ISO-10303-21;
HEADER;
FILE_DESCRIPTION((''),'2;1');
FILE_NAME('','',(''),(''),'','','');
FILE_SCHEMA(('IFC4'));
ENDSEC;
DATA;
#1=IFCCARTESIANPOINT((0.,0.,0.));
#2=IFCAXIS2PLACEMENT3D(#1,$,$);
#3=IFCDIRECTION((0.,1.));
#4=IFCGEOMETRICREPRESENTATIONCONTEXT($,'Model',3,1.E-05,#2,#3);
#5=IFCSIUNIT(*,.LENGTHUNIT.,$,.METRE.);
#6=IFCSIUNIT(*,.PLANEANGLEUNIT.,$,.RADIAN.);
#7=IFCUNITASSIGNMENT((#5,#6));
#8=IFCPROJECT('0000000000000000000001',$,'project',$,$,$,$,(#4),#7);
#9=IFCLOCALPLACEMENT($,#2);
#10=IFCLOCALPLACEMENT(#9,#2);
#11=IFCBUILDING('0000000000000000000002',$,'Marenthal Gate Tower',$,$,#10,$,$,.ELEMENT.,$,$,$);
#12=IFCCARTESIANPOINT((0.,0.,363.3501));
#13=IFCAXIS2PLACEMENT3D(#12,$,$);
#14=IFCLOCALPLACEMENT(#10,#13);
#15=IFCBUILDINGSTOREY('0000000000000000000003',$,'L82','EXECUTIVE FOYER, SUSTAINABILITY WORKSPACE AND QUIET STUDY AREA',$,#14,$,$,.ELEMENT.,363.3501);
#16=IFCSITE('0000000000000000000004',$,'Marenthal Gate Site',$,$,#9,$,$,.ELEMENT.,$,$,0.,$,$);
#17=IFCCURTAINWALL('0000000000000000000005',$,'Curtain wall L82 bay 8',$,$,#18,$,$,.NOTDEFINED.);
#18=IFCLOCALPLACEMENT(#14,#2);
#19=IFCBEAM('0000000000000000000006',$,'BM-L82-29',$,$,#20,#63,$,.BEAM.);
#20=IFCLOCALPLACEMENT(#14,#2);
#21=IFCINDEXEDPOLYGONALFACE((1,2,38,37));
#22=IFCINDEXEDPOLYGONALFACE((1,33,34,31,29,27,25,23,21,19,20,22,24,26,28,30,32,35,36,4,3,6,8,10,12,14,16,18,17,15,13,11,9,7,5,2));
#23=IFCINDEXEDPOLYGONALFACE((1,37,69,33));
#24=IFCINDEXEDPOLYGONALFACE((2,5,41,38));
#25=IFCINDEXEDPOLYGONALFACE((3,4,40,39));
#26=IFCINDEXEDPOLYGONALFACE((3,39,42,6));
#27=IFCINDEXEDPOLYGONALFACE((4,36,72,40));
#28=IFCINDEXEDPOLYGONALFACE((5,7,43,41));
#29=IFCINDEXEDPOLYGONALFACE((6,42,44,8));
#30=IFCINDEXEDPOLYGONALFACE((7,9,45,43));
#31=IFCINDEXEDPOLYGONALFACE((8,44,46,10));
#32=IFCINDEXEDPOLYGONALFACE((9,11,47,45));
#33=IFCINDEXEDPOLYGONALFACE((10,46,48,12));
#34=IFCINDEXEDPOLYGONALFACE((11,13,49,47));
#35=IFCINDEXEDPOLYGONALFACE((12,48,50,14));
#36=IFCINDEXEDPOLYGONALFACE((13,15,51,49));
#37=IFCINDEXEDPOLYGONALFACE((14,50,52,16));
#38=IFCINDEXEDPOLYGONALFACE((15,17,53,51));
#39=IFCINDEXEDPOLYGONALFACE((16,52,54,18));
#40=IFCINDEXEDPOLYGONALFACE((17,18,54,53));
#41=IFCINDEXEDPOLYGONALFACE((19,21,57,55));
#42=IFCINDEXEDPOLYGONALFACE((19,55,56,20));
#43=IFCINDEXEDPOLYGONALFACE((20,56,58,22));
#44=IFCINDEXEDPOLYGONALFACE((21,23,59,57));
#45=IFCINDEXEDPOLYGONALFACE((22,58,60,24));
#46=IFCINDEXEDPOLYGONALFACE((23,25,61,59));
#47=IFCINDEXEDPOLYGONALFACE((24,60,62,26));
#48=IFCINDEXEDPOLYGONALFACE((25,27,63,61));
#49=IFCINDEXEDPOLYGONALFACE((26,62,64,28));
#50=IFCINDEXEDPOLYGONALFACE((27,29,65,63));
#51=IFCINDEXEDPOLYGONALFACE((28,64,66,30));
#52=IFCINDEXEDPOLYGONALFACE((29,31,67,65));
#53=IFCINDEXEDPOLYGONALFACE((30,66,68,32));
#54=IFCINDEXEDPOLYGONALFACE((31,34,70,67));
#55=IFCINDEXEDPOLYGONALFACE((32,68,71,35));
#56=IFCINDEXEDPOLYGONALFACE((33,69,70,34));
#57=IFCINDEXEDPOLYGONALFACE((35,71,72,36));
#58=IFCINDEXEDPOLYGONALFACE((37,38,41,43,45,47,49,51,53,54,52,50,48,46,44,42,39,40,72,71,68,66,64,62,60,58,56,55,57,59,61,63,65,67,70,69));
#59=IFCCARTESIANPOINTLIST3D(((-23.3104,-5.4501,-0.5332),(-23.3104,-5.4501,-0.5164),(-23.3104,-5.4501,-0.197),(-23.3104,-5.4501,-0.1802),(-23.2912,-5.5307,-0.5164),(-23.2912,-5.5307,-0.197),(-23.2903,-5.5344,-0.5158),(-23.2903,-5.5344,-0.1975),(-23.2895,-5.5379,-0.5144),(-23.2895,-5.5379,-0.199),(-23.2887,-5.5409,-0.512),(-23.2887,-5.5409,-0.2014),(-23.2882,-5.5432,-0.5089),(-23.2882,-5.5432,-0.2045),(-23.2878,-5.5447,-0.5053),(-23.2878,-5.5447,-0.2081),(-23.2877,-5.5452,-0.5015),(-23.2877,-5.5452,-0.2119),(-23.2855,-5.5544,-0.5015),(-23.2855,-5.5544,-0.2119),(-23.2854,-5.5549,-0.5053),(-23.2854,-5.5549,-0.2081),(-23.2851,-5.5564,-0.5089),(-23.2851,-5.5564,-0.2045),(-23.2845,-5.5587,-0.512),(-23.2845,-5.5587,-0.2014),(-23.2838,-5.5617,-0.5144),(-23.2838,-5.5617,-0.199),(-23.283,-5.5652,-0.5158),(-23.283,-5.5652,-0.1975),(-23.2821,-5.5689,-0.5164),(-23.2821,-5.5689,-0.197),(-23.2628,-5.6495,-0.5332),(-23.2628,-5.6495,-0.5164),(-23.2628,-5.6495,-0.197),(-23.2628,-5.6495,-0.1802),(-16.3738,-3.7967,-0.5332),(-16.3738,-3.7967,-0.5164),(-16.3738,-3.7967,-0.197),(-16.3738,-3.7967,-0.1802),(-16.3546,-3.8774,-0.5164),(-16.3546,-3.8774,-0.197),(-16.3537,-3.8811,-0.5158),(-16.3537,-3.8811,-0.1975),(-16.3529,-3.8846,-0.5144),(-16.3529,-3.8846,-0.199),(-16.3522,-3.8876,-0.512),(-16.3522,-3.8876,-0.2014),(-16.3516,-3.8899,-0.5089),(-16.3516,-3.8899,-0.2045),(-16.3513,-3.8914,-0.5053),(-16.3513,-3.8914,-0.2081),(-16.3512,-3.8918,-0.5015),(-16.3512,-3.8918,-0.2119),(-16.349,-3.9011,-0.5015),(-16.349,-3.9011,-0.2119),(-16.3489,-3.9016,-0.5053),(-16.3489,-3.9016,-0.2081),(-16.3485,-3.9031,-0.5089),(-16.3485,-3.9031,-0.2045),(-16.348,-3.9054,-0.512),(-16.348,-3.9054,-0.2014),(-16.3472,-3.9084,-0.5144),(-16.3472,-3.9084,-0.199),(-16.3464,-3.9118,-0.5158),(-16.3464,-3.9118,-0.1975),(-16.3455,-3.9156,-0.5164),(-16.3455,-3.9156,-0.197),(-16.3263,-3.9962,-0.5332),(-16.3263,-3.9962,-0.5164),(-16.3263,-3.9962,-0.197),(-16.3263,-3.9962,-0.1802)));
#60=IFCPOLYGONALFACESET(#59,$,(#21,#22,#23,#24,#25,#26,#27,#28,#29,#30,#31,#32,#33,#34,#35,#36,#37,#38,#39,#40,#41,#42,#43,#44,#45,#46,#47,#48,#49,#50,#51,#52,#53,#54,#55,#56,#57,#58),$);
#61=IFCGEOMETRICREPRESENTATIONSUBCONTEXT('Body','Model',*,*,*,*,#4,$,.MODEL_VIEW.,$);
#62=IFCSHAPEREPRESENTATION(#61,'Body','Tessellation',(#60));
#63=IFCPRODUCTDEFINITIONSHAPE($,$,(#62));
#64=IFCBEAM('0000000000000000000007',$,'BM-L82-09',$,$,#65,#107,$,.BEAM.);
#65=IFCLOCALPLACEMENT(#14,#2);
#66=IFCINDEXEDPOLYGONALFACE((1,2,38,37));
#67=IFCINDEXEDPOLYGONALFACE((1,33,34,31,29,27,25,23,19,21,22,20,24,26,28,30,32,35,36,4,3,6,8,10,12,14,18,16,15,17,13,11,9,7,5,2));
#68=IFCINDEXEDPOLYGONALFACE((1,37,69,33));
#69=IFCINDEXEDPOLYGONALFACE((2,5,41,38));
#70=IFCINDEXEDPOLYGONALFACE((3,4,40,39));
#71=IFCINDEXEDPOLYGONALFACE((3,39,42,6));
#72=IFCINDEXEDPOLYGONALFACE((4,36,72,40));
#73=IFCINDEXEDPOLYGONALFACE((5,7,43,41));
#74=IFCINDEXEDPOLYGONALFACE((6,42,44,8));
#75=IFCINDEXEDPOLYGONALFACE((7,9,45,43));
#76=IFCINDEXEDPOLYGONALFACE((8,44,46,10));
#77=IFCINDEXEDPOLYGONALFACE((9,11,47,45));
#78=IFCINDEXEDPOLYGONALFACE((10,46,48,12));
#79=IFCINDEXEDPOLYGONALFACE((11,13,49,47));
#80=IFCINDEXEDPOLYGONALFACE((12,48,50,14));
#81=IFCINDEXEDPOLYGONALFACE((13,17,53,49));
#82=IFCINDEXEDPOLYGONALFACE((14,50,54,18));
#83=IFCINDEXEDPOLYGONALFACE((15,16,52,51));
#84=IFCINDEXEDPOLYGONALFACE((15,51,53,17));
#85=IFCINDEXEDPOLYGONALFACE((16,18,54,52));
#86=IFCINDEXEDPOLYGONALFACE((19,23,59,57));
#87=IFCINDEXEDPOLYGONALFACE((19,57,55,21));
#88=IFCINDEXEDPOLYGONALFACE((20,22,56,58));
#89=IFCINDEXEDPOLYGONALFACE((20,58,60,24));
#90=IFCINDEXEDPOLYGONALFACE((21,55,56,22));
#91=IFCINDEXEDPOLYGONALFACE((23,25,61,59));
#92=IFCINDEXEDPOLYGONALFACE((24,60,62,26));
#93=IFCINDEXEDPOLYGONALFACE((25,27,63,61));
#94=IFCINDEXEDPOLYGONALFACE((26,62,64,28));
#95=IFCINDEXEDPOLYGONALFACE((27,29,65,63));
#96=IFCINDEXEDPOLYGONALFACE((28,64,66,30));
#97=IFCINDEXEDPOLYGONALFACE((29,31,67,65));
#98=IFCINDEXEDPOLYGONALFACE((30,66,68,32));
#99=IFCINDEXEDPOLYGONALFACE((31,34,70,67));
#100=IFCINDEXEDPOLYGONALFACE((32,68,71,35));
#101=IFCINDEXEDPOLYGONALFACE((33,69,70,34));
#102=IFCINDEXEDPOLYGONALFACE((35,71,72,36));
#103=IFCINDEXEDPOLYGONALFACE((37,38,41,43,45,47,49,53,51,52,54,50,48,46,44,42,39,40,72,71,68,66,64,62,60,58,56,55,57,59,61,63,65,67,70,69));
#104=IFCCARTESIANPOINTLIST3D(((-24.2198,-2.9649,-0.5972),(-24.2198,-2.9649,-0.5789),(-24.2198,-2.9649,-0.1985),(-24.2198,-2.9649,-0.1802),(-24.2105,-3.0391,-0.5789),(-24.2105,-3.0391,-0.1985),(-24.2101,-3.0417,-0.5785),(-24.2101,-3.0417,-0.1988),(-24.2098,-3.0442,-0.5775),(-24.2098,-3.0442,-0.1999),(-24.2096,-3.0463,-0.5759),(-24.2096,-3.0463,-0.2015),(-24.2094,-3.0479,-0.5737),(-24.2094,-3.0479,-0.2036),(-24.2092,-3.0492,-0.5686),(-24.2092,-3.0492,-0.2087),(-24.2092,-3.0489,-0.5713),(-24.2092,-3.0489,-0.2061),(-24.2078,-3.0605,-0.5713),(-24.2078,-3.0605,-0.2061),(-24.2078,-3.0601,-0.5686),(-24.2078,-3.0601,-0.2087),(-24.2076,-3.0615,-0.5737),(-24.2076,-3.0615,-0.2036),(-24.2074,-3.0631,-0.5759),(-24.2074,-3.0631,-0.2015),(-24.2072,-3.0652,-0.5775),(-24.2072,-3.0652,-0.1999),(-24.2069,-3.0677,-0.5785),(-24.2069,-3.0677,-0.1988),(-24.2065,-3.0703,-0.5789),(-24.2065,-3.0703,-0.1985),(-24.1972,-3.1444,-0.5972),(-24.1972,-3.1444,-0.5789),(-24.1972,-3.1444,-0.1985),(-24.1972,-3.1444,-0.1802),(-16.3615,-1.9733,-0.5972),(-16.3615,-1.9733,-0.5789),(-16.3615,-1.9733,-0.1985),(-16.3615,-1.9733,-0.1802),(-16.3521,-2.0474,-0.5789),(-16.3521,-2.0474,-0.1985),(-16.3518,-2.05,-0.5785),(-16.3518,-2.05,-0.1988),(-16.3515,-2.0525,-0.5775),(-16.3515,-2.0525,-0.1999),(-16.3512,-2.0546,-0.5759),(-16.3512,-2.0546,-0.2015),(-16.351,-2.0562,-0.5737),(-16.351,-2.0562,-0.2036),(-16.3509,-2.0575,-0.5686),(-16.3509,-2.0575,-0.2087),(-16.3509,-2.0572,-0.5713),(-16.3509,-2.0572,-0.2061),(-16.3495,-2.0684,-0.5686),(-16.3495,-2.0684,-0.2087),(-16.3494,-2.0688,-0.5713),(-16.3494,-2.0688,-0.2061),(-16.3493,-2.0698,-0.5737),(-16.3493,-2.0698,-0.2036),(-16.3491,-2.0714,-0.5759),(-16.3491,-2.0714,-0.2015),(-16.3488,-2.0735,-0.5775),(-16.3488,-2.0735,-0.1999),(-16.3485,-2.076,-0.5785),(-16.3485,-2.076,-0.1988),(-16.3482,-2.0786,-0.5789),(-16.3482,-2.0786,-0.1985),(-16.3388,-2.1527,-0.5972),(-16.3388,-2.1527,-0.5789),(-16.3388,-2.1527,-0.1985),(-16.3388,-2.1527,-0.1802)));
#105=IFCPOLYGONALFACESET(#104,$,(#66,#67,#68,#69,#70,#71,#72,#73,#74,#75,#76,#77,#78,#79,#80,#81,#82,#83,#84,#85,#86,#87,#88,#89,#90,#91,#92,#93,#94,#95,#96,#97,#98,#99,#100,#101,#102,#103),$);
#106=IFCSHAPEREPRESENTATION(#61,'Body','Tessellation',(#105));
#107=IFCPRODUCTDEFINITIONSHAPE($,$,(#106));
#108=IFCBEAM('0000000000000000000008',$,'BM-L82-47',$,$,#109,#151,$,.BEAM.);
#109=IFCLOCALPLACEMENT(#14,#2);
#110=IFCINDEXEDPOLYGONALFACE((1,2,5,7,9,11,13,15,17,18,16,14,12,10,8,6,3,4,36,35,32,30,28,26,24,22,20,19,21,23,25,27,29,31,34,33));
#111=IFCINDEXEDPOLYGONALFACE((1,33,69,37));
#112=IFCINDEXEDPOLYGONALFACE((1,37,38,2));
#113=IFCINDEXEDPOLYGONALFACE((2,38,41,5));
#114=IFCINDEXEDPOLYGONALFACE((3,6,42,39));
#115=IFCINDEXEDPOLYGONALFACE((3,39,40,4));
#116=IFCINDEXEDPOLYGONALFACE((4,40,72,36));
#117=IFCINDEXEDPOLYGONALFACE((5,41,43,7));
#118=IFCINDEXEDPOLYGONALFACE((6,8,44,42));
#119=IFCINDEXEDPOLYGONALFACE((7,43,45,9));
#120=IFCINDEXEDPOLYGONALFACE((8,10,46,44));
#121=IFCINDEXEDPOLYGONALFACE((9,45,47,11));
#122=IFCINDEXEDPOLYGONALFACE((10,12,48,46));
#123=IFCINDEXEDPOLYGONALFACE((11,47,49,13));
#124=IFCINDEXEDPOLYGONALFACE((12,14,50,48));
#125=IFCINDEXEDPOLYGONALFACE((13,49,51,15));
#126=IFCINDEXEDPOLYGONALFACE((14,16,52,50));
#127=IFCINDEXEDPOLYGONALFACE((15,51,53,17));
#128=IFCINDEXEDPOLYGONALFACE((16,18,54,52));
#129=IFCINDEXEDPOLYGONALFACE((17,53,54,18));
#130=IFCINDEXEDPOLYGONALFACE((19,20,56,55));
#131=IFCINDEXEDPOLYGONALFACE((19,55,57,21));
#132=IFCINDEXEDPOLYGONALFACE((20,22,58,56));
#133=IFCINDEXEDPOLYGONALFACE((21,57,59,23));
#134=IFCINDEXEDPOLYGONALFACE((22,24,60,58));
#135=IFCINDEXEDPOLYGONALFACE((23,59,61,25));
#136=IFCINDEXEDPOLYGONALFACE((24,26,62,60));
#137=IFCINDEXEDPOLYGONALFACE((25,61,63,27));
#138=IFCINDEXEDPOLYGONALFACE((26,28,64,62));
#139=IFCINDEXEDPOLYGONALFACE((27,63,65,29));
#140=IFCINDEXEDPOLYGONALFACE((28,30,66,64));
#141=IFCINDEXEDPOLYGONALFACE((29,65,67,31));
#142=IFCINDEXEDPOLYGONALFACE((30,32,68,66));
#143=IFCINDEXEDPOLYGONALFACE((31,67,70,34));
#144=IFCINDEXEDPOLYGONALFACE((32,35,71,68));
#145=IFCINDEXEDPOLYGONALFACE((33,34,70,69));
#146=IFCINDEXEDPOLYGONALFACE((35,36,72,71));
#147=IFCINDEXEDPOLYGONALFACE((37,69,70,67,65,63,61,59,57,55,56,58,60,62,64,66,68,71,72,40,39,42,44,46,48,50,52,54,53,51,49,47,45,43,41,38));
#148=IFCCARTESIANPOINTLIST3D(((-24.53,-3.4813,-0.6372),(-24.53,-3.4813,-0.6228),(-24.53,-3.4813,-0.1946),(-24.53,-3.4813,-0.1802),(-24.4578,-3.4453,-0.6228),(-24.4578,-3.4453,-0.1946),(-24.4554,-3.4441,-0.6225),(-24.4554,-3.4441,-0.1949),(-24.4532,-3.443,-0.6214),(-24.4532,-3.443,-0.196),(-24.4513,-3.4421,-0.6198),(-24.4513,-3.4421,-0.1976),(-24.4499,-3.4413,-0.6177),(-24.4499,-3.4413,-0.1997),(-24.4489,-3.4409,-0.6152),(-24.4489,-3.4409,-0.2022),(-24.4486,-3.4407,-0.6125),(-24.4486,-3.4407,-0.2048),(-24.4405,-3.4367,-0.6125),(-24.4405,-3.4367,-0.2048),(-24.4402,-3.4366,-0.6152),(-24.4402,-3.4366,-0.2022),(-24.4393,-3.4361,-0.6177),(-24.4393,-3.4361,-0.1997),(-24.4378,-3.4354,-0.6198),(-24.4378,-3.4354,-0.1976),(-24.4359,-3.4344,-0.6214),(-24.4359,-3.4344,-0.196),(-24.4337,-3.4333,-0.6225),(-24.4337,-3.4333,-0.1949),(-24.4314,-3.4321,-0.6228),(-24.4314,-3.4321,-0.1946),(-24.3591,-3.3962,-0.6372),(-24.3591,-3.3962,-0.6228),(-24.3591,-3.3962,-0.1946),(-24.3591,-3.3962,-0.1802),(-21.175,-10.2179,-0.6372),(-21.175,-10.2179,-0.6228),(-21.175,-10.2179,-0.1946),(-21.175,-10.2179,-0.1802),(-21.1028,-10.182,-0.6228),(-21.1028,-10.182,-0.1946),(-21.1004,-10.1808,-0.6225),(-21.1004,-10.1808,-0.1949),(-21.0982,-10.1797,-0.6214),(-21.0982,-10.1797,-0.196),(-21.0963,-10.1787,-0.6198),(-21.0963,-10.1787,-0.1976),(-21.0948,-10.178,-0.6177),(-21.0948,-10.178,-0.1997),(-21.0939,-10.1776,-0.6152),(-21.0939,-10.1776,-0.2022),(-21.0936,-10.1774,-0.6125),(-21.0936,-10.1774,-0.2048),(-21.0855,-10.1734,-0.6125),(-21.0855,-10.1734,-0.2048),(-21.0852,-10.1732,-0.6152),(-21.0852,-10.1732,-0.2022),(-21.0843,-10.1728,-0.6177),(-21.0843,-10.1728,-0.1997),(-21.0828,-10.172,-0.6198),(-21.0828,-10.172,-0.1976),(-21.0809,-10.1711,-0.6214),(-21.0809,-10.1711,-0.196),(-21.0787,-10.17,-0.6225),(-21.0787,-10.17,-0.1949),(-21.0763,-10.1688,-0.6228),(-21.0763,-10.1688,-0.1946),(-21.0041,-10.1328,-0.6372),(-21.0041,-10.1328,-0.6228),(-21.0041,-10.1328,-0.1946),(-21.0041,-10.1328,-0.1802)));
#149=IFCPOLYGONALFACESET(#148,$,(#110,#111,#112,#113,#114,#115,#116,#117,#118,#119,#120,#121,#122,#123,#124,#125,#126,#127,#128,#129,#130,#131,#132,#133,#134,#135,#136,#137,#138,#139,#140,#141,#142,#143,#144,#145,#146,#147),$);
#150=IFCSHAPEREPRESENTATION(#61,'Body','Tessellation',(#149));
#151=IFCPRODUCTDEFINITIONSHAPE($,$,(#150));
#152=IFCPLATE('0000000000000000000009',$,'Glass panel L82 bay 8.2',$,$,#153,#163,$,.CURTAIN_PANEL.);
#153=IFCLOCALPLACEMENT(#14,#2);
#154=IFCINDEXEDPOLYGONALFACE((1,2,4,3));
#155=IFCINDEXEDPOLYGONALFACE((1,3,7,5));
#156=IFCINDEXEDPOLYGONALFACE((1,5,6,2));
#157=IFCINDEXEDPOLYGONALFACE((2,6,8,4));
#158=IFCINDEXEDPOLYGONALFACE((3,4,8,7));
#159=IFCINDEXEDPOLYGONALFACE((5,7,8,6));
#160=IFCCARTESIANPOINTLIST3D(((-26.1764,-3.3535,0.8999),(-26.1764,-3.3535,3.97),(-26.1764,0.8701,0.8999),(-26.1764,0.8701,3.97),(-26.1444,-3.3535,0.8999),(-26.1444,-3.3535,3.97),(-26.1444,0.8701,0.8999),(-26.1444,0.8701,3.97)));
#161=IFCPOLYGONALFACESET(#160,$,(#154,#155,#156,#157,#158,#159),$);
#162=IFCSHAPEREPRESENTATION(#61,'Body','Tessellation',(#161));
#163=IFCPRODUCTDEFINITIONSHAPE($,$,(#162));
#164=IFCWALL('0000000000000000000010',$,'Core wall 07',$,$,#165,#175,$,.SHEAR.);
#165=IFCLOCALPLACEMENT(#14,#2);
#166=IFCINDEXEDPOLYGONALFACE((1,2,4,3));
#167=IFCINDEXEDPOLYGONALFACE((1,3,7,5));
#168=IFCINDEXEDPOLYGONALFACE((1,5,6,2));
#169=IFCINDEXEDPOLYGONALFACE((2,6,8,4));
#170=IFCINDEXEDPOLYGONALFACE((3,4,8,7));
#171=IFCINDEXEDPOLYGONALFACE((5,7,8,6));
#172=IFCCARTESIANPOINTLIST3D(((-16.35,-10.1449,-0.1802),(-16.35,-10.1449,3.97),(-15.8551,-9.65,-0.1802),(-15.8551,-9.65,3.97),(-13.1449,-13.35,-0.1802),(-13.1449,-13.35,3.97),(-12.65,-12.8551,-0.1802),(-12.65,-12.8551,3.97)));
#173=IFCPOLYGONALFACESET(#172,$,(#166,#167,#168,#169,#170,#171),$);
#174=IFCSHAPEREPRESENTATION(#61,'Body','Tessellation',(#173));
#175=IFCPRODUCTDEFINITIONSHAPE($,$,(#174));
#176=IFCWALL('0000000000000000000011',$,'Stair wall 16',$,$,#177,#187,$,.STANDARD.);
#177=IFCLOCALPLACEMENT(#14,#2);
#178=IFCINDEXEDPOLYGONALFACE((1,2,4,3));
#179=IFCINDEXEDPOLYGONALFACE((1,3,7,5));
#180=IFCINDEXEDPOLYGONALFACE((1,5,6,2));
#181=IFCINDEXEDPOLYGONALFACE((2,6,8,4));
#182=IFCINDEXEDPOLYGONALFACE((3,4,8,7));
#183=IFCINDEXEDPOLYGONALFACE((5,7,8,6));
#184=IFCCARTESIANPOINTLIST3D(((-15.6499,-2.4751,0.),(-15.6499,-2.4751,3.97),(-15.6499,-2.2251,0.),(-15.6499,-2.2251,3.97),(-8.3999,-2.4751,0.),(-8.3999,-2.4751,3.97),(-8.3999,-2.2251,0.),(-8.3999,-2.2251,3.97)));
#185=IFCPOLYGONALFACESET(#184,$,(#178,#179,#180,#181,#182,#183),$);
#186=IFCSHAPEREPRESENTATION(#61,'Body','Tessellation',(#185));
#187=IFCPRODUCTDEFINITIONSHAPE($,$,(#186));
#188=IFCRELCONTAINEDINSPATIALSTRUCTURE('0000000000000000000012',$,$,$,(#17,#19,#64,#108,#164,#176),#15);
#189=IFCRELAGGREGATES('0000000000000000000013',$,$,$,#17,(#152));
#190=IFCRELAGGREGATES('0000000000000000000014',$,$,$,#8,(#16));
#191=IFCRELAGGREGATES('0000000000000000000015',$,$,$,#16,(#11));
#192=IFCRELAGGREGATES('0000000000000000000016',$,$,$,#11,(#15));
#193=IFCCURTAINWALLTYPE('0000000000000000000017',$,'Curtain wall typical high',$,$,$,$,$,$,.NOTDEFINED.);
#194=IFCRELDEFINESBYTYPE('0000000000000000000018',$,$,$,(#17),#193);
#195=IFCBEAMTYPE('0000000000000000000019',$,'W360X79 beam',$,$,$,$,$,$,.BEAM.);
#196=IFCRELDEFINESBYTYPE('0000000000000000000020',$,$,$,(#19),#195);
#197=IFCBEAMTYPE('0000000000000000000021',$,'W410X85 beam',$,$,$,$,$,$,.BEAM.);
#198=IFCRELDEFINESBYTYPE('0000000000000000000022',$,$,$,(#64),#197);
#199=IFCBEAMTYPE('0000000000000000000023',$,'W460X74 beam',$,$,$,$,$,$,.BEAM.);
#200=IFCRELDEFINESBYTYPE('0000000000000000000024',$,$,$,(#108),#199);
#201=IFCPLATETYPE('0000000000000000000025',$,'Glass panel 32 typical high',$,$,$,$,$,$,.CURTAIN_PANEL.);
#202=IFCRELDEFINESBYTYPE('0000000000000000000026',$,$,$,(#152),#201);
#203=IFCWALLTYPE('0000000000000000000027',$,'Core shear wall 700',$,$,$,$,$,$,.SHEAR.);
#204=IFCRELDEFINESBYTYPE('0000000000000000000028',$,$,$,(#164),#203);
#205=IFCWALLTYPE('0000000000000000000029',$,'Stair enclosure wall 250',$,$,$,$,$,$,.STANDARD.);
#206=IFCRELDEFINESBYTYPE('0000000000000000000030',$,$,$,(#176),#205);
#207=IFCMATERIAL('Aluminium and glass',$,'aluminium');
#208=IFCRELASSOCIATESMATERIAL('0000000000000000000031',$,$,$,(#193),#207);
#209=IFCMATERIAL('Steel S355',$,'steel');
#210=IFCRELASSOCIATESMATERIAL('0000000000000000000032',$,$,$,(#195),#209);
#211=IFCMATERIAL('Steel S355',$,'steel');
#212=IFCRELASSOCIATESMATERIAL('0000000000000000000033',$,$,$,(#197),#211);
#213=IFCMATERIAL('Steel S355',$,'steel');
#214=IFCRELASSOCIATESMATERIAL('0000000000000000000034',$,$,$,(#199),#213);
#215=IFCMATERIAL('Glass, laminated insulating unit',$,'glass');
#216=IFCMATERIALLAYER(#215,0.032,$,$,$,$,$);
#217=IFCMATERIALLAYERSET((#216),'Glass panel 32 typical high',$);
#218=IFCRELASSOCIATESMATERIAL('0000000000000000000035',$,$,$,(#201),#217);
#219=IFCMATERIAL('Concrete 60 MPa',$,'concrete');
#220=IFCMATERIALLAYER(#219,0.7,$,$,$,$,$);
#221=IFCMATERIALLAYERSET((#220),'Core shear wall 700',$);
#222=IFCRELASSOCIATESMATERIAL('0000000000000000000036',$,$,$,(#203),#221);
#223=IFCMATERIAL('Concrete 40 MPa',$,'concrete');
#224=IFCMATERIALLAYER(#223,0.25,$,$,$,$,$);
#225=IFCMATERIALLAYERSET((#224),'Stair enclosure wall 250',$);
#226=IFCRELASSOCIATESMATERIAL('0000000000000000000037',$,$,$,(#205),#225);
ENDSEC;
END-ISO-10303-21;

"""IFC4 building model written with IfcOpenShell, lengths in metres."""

from ifc_helpers import new_model, si_unit, direction, frame, frame_2d, origin, origin_2d, place, context, subcontext, project, spatial, rectangle, i_section, extrude, material, layer, layer_set, material_profile, profile_set, type_object, element, aggregate, save


model = new_model("IFC4")

# Units and contexts
model_context = context("Model", 3, precision=1e-05, world=origin(), true_north=direction((0.0, 1.0)))
body_context = subcontext(model_context, "Body", "Model", "MODEL_VIEW")
ifc_project = project(units=[si_unit("LENGTHUNIT", "METRE"), si_unit("PLANEANGLEUNIT", "RADIAN")], contexts=[model_context])

# Site, building, storey
site_placement = place(None, origin())
site = spatial("IfcSite", under=ifc_project, at=site_placement, Name="Marenthal Gate Site", CompositionType="ELEMENT", RefElevation=0.0)
building_placement = place(site_placement, origin())
building = spatial("IfcBuilding", under=site, at=building_placement, Name="Marenthal Gate Tower", CompositionType="ELEMENT")
storey_placement = place(building_placement, frame((0.0, 0.0, 363.3501)))
storey = spatial("IfcBuildingStorey", under=building, at=storey_placement, Name="L82", Description="EXECUTIVE FOYER, SUSTAINABILITY WORKSPACE AND QUIET STUDY AREA", CompositionType="ELEMENT", Elevation=363.3501)

# Curtain wall
ifc_material_1 = material(Name="Aluminium and glass", Category="aluminium")
curtain_wall_type = type_object("IfcCurtainWallType", Name="Curtain wall typical high", PredefinedType="NOTDEFINED", material=ifc_material_1)
curtain_wall_placement = place(storey_placement, origin())
curtain_wall = element("IfcCurtainWall", 1, at=curtain_wall_placement, inside=storey, type_object=curtain_wall_type, Name="Curtain wall L82 bay 8", PredefinedType="NOTDEFINED")

# Beams
ifc_material_2 = material(Name="Steel S355", Category="steel")
ifc_material_profile_1 = material_profile(ifc_material_2, i_section(OverallWidth=0.2051, OverallDepth=0.353, WebThickness=0.0095, FlangeThickness=0.0168, FilletRadius=0.0149, at=origin_2d()), Name="W360X79")
ifc_profile_set_1 = profile_set([ifc_material_profile_1], Name="Steel S355")
beam_type_1 = type_object("IfcBeamType", Name="W360X79 beam", PredefinedType="BEAM", material=ifc_profile_set_1)
beam_1_placement = place(storey_placement, frame((-23.2866, -5.5498, -0.3567), z_axis=(0.97275, 0.231855, 0.0), x_axis=(-0.231855, 0.97275, 0.0)))
element("IfcBeam", 2, at=beam_1_placement, inside=storey, type_object=beam_type_1, Name="BM-L82-29", PredefinedType="BEAM", context=body_context, shape_type="SweptSolid", body=[
    extrude(i_section(OverallWidth=0.2051, OverallDepth=0.353, WebThickness=0.0095, FlangeThickness=0.0168, FilletRadius=0.0149, at=origin_2d()), origin(), (0.0, 0.0, 1.0), 7.1309),
])
ifc_material_3 = material(Name="Steel S355", Category="steel")
ifc_material_profile_2 = material_profile(ifc_material_3, i_section(OverallWidth=0.1809, OverallDepth=0.417, WebThickness=0.011, FlangeThickness=0.0183, FilletRadius=0.0103, at=origin_2d()), Name="W410X85")
ifc_profile_set_2 = profile_set([ifc_material_profile_2], Name="Steel S355")
beam_type_2 = type_object("IfcBeamType", Name="W410X85 beam", PredefinedType="BEAM", material=ifc_profile_set_2)
beam_2_placement = place(storey_placement, frame((-24.2085, -3.0547, -0.3887), z_axis=(0.992131, 0.125203, 0.0), x_axis=(-0.125203, 0.992131, 0.0)))
element("IfcBeam", 3, at=beam_2_placement, inside=storey, type_object=beam_type_2, Name="BM-L82-09", PredefinedType="BEAM", context=body_context, shape_type="SweptSolid", body=[
    extrude(i_section(OverallWidth=0.1809, OverallDepth=0.417, WebThickness=0.011, FlangeThickness=0.0183, FilletRadius=0.0103, at=origin_2d()), origin(), (0.0, 0.0, 1.0), 7.9207),
])
ifc_material_4 = material(Name="Steel S355", Category="steel")
ifc_material_profile_3 = material_profile(ifc_material_4, i_section(OverallWidth=0.1909, OverallDepth=0.457, WebThickness=0.009, FlangeThickness=0.0144, FilletRadius=0.0103, at=origin_2d()), Name="W460X74")
ifc_profile_set_3 = profile_set([ifc_material_profile_3], Name="Steel S355")
beam_type_3 = type_object("IfcBeamType", Name="W460X74 beam", PredefinedType="BEAM", material=ifc_profile_set_3)
beam_3_placement = place(storey_placement, frame((-24.4446, -3.4387, -0.4087), z_axis=(0.445799, -0.895133, 0.0), x_axis=(0.895133, 0.445799, 0.0)))
element("IfcBeam", 4, at=beam_3_placement, inside=storey, type_object=beam_type_3, Name="BM-L82-47", PredefinedType="BEAM", context=body_context, shape_type="SweptSolid", body=[
    extrude(i_section(OverallWidth=0.1909, OverallDepth=0.457, WebThickness=0.009, FlangeThickness=0.0144, FilletRadius=0.0103, at=origin_2d()), origin(), (0.0, 0.0, 1.0), 7.5259),
])

# Plate
ifc_material_5 = material(Name="Glass, laminated insulating unit", Category="glass")
ifc_layer_1 = layer(ifc_material_5, 0.032)
ifc_layer_set_1 = layer_set([ifc_layer_1], Name="Glass panel 32 typical high")
plate_type = type_object("IfcPlateType", Name="Glass panel 32 typical high", PredefinedType="CURTAIN_PANEL", material=ifc_layer_set_1)
plate_placement = place(storey_placement, frame((-26.1604, -1.2417, 0.8999), z_axis=(0.0, 0.0, 1.0), x_axis=(0.0, -1.0, 0.0)))
plate = element("IfcPlate", 5, at=plate_placement, type_object=plate_type, Name="Glass panel L82 bay 8.2", PredefinedType="CURTAIN_PANEL", context=body_context, shape_type="SweptSolid", body=[
    extrude(rectangle(XDim=4.2236, YDim=0.032, at=origin_2d()), origin(), (0.0, 0.0, 1.0), 3.0701),
])
aggregate(curtain_wall, [plate])

# Walls
ifc_material_6 = material(Name="Concrete 60 MPa", Category="concrete")
ifc_layer_2 = layer(ifc_material_6, 0.7)
ifc_layer_set_2 = layer_set([ifc_layer_2], Name="Core shear wall 700")
wall_type_1 = type_object("IfcWallType", Name="Core shear wall 700", PredefinedType="SHEAR", material=ifc_layer_set_2)
wall_1_placement = place(storey_placement, frame((-16.1025, -9.8975, -0.1802), z_axis=(0.0, 0.0, 1.0), x_axis=(0.707107, -0.707107, 0.0)))
element("IfcWall", 6, at=wall_1_placement, inside=storey, type_object=wall_type_1, Name="Core wall 07", PredefinedType="SHEAR", context=body_context, shape_type="SweptSolid", body=[
    extrude(rectangle(XDim=4.5327, YDim=0.7, at=frame_2d((2.2664, 0.0))), origin(), (0.0, 0.0, 1.0), 4.1501),
])
ifc_material_7 = material(Name="Concrete 40 MPa", Category="concrete")
ifc_layer_3 = layer(ifc_material_7, 0.25)
ifc_layer_set_3 = layer_set([ifc_layer_3], Name="Stair enclosure wall 250")
wall_type_2 = type_object("IfcWallType", Name="Stair enclosure wall 250", PredefinedType="STANDARD", material=ifc_layer_set_3)
wall_2_placement = place(storey_placement, frame((-15.6499, -2.3501, 0.0), z_axis=(0.0, 0.0, 1.0), x_axis=(1.0, 0.0, 0.0)))
element("IfcWall", 7, at=wall_2_placement, inside=storey, type_object=wall_type_2, Name="Stair wall 16", PredefinedType="STANDARD", context=body_context, shape_type="SweptSolid", body=[
    extrude(rectangle(XDim=7.25, YDim=0.25, at=frame_2d((3.625, 0.0))), origin(), (0.0, 0.0, 1.0), 3.97),
])

save(model, "model.ifc")
